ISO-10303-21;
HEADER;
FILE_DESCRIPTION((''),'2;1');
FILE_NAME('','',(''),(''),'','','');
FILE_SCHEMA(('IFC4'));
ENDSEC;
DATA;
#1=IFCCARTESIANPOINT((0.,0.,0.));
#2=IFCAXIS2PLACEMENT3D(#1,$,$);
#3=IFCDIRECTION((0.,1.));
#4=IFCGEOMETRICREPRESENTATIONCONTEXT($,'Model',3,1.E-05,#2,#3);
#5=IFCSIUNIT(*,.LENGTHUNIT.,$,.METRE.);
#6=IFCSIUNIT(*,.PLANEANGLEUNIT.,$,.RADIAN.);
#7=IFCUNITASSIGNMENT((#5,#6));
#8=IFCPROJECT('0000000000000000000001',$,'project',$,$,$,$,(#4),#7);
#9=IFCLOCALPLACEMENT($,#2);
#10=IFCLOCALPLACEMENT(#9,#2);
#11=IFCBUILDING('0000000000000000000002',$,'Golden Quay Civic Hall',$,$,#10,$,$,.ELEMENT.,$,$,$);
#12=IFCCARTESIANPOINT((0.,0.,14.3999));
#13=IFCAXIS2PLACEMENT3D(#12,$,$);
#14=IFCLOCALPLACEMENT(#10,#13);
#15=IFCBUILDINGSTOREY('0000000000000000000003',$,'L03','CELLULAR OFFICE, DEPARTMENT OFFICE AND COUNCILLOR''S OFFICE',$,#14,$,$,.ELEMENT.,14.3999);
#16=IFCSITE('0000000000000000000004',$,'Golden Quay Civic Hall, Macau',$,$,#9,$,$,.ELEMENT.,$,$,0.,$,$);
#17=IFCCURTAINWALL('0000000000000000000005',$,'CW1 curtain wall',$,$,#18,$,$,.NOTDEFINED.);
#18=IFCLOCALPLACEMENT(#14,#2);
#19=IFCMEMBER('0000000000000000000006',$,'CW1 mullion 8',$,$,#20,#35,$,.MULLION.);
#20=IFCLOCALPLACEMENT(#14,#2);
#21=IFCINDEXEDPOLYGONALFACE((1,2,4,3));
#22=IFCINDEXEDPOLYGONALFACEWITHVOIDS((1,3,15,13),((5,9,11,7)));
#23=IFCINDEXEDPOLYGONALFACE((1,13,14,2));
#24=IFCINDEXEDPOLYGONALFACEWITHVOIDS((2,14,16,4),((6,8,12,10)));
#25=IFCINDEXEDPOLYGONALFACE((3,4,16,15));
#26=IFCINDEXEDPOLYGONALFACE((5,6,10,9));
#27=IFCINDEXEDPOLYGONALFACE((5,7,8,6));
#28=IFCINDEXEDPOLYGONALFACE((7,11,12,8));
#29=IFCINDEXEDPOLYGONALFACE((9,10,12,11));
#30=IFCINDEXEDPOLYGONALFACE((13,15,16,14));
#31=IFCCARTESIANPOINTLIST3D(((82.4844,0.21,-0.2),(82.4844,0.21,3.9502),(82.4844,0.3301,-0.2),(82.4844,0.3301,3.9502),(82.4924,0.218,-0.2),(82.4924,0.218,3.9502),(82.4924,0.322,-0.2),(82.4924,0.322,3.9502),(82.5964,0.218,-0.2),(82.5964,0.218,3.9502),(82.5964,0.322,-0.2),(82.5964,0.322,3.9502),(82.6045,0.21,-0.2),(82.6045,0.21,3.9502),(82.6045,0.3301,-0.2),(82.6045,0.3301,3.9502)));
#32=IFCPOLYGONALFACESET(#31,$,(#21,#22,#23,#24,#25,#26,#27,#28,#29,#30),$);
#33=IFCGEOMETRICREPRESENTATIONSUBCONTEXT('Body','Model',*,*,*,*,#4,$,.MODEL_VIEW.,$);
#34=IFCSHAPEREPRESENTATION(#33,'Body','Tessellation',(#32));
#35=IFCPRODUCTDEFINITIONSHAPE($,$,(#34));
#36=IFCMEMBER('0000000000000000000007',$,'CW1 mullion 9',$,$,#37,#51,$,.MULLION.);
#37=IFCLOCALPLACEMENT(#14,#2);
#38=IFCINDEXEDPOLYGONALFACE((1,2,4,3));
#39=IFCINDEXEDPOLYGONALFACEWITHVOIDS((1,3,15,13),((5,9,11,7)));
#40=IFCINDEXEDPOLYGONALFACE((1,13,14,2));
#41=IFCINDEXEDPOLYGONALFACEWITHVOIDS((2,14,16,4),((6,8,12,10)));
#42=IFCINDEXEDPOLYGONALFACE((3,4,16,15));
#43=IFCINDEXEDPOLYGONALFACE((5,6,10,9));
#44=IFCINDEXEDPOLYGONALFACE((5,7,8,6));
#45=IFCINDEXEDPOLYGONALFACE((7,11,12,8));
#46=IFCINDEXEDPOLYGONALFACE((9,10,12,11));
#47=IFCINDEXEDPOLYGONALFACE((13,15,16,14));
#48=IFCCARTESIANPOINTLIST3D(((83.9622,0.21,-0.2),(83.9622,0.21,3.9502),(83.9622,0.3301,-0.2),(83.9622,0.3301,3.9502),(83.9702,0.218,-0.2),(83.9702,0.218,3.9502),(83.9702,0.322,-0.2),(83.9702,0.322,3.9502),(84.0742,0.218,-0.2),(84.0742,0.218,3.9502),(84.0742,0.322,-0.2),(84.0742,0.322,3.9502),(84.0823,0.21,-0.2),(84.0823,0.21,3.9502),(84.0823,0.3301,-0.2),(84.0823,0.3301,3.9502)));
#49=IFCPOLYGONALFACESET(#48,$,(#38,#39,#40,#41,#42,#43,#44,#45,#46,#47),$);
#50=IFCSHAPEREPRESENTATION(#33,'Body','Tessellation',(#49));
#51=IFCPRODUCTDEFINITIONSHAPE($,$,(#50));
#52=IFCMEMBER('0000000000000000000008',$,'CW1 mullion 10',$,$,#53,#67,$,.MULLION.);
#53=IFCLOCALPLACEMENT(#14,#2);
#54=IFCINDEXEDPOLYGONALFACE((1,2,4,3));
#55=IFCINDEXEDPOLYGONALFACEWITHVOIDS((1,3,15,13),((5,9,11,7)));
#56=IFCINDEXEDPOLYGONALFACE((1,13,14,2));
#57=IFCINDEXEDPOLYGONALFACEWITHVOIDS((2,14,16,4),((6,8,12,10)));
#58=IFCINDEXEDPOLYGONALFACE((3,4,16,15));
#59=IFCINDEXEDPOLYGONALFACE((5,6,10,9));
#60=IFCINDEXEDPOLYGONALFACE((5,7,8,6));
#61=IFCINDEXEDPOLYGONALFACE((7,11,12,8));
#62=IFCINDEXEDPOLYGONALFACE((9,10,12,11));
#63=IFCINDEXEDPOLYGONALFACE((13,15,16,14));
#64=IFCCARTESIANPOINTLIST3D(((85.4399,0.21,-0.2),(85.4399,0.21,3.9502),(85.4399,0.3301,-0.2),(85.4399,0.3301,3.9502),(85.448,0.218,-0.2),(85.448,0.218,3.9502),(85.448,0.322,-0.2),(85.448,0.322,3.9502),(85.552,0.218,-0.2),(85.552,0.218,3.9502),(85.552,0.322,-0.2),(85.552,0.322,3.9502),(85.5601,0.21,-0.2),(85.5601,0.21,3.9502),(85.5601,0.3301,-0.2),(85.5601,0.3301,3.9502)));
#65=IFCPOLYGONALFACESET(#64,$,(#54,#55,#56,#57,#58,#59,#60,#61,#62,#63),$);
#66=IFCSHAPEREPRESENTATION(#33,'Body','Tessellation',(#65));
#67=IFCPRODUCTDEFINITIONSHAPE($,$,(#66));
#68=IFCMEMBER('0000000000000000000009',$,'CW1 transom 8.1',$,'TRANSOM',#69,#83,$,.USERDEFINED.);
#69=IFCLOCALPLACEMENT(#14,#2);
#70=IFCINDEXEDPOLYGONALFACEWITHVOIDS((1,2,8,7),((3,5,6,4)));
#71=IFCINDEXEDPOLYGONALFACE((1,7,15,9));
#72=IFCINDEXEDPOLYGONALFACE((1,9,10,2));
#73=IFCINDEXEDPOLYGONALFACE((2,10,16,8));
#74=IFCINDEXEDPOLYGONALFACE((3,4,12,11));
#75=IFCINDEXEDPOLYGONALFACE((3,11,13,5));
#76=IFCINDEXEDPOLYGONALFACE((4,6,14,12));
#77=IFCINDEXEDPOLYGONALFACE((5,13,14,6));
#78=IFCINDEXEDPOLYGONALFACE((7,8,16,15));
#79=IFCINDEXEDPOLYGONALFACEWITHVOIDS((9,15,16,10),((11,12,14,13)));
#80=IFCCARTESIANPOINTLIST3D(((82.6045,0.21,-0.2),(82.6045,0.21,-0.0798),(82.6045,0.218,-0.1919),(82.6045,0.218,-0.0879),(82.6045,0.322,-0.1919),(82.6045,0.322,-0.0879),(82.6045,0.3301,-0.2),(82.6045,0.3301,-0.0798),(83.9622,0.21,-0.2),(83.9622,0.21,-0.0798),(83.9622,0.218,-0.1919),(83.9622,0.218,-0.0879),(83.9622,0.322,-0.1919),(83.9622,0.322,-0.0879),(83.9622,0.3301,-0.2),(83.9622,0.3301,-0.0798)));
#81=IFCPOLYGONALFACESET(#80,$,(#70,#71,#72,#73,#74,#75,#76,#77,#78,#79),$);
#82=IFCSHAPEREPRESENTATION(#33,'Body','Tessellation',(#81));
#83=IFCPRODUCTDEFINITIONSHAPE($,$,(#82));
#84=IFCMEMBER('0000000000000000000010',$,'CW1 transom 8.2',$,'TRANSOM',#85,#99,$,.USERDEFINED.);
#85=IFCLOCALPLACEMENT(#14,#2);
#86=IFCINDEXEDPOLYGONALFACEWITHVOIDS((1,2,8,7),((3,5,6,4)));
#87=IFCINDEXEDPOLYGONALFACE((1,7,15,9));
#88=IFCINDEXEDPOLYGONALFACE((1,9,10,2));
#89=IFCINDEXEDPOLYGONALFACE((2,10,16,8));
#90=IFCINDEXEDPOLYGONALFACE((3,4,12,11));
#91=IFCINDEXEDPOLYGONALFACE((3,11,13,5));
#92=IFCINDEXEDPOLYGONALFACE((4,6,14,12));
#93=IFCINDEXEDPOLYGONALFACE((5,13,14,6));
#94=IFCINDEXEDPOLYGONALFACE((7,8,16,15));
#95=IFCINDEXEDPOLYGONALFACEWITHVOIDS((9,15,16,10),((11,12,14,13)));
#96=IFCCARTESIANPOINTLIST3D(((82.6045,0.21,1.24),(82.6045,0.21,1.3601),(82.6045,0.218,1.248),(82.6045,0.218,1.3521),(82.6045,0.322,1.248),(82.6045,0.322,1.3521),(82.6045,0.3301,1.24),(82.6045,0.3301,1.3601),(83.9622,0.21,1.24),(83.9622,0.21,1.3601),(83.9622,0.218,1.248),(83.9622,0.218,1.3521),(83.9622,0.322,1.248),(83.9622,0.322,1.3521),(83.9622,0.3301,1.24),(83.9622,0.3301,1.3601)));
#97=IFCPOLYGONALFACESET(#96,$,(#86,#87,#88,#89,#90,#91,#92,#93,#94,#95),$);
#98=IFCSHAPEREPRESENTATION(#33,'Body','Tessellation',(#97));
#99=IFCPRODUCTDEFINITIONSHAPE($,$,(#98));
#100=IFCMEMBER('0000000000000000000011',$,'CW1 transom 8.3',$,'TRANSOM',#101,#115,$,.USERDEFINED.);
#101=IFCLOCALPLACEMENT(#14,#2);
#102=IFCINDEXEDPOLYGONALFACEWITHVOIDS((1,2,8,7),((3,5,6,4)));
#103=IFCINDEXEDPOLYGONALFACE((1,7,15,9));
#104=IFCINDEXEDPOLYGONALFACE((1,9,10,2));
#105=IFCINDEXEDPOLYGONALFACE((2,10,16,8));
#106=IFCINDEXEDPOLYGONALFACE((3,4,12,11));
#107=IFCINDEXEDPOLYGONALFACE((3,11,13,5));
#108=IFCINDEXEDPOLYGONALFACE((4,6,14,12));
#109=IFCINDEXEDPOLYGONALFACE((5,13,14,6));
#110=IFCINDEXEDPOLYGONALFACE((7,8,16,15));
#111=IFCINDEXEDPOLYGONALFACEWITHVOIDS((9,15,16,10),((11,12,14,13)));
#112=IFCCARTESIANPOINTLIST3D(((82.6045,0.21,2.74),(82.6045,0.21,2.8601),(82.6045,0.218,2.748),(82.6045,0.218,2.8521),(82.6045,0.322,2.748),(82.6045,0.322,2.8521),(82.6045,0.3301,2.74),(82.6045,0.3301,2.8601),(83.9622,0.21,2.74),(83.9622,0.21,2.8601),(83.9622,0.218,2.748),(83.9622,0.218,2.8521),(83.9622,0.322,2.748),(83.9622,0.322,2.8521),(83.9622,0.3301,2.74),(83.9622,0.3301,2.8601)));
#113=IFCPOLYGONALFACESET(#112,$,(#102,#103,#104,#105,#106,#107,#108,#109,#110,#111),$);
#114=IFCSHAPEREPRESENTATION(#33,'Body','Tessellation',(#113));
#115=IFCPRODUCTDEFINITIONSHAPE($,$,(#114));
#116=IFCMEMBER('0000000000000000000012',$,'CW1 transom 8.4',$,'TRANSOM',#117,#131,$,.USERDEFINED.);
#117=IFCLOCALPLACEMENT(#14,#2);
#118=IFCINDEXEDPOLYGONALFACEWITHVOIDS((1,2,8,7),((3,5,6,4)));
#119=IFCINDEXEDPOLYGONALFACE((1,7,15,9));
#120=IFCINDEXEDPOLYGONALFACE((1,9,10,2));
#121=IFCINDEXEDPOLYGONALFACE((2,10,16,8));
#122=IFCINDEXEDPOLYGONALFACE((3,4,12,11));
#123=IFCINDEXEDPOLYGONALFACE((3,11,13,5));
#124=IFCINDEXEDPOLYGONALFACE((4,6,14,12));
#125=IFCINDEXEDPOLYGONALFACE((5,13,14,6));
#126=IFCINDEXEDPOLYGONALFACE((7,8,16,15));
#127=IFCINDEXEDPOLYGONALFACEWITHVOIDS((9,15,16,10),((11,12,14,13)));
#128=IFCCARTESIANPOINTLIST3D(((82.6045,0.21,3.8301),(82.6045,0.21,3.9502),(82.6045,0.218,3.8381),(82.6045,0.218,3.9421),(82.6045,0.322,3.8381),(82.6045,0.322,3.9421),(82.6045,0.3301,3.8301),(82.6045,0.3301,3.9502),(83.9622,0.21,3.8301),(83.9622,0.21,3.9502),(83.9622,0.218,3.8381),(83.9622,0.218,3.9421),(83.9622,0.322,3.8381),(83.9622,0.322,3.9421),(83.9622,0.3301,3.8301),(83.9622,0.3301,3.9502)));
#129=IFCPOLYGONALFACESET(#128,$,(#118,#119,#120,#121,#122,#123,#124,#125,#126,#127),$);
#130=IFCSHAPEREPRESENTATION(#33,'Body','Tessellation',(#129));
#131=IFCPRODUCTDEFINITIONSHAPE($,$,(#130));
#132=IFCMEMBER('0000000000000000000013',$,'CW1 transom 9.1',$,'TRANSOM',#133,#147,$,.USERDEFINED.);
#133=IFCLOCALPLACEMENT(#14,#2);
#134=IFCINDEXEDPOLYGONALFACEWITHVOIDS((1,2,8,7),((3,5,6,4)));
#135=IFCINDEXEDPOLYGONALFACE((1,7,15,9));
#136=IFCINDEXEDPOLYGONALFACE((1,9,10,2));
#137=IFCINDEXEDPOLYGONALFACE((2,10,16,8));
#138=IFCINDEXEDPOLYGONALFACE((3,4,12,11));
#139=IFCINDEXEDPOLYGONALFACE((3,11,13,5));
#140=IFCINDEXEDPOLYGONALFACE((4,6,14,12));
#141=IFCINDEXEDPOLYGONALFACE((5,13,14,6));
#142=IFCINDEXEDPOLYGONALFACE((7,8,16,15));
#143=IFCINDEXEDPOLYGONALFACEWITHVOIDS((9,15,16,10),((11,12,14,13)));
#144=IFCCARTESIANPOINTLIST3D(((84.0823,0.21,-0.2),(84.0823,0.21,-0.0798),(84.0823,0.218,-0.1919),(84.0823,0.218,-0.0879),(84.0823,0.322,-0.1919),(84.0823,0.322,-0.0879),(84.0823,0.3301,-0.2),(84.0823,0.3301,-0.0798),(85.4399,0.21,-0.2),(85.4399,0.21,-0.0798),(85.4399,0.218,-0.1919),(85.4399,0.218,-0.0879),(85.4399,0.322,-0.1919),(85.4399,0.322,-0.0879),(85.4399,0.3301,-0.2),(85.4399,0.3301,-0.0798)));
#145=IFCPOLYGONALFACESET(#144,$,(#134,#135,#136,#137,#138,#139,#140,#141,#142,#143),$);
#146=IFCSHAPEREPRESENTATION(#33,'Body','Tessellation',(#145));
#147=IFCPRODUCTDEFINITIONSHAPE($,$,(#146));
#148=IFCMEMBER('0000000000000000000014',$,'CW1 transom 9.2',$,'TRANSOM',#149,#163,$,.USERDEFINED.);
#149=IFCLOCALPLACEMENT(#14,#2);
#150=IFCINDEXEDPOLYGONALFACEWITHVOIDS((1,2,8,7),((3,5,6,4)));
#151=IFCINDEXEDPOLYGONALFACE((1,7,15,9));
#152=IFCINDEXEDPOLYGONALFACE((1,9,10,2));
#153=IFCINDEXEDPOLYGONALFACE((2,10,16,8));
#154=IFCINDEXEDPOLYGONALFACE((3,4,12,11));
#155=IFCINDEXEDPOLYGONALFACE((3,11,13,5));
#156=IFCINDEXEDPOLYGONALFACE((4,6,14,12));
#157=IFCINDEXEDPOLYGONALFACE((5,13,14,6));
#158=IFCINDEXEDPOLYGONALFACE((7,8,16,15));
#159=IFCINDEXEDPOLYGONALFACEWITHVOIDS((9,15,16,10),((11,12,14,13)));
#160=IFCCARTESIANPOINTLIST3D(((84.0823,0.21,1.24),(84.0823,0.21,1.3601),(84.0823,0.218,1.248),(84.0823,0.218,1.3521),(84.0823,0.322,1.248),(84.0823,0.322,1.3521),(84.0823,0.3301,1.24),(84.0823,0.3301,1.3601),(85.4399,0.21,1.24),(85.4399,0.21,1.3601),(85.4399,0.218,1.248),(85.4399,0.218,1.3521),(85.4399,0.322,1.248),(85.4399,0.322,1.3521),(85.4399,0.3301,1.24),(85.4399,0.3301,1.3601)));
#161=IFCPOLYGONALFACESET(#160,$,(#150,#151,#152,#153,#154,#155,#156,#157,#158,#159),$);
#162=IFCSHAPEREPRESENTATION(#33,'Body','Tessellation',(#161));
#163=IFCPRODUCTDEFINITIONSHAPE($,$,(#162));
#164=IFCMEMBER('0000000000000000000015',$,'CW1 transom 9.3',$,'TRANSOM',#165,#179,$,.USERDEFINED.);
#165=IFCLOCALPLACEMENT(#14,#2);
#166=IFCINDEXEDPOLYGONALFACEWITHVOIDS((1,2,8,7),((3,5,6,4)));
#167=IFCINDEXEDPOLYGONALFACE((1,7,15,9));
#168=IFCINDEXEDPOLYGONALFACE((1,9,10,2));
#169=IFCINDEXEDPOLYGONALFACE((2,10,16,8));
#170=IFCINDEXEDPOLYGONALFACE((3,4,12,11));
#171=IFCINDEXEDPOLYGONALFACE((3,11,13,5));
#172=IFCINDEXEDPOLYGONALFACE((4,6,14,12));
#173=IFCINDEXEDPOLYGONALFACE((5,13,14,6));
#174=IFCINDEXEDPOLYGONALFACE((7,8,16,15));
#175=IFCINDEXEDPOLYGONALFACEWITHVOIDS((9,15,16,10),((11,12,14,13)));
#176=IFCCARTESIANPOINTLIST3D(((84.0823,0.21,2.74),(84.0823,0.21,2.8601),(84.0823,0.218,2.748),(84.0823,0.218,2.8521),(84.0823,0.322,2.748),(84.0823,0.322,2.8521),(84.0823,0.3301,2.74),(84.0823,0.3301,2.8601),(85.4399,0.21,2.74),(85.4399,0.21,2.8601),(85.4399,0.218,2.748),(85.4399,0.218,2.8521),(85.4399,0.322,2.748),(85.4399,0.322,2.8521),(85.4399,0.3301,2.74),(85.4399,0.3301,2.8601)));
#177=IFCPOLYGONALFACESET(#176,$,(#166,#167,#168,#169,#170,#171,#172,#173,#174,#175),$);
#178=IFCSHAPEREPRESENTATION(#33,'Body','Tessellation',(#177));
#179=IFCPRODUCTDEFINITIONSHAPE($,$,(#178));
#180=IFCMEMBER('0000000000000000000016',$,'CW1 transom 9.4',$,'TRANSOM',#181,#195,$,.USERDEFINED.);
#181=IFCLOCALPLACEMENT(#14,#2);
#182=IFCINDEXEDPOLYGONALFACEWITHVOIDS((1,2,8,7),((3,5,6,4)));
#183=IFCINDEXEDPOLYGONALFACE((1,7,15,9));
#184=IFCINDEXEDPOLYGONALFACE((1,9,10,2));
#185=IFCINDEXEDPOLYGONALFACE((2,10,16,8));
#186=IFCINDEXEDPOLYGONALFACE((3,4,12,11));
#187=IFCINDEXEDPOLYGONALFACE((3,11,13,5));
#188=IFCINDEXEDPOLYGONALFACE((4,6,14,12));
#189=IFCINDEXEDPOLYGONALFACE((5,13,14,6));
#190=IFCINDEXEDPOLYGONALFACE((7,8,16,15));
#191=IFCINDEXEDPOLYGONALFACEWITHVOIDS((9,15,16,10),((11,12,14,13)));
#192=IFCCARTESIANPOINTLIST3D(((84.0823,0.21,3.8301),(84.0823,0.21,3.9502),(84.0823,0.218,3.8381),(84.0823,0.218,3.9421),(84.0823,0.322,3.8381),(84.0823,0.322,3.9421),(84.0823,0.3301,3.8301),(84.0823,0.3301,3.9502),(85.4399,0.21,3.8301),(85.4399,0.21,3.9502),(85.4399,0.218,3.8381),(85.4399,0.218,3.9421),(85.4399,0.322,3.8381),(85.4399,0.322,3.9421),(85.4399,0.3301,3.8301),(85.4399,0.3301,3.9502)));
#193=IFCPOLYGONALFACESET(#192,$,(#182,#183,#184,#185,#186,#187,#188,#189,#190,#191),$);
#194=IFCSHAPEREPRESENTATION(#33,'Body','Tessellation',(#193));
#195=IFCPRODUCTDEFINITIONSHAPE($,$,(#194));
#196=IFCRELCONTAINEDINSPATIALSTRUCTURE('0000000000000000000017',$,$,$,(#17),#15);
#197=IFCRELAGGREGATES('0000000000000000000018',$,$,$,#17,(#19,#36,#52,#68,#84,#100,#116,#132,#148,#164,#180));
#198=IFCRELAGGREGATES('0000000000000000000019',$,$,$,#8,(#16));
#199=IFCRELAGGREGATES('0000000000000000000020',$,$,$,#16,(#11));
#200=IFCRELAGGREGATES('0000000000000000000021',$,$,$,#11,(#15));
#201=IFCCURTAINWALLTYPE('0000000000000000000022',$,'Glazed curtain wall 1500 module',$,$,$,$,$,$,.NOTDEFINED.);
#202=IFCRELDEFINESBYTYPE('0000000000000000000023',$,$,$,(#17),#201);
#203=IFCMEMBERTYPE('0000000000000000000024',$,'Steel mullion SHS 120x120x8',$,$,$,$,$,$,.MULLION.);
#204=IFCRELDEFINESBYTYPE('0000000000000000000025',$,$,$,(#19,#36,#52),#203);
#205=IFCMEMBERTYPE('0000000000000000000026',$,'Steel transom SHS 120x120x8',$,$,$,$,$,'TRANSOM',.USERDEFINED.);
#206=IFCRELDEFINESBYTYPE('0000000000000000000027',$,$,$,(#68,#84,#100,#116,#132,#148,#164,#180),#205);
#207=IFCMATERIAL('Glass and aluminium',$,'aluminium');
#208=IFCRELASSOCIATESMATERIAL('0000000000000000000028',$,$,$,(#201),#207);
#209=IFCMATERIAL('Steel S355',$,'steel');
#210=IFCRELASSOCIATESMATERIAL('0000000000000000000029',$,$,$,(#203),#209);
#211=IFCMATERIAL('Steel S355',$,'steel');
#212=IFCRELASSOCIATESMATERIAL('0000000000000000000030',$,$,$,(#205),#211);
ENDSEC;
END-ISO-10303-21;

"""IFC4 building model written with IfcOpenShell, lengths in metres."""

from ifc_helpers import new_model, si_unit, direction, frame, origin, origin_2d, place, context, subcontext, project, spatial, hollow_rectangle, extrude, material, material_profile, profile_set, type_object, element, aggregate, save


model = new_model("IFC4")

# Units and contexts
model_context = context("Model", 3, precision=1e-05, world=origin(), true_north=direction((0.0, 1.0)))
body_context = subcontext(model_context, "Body", "Model", "MODEL_VIEW")
ifc_project = project(units=[si_unit("LENGTHUNIT", "METRE"), si_unit("PLANEANGLEUNIT", "RADIAN")], contexts=[model_context])

# Site, building, storey
site_placement = place(None, origin())
site = spatial("IfcSite", under=ifc_project, at=site_placement, Name="Golden Quay Civic Hall, Macau", CompositionType="ELEMENT", RefElevation=0.0)
building_placement = place(site_placement, origin())
building = spatial("IfcBuilding", under=site, at=building_placement, Name="Golden Quay Civic Hall", CompositionType="ELEMENT")
storey_placement = place(building_placement, frame((0.0, 0.0, 14.3999)))
storey = spatial("IfcBuildingStorey", under=building, at=storey_placement, Name="L03", Description="CELLULAR OFFICE, DEPARTMENT OFFICE AND COUNCILLOR'S OFFICE", CompositionType="ELEMENT", Elevation=14.3999)

# Curtain wall, members
ifc_material_1 = material(Name="Glass and aluminium", Category="aluminium")
curtain_wall_type = type_object("IfcCurtainWallType", Name="Glazed curtain wall 1500 module", PredefinedType="NOTDEFINED", material=ifc_material_1)
curtain_wall_placement = place(storey_placement, origin())
curtain_wall = element("IfcCurtainWall", 1, at=curtain_wall_placement, inside=storey, type_object=curtain_wall_type, Name="CW1 curtain wall", PredefinedType="NOTDEFINED")
ifc_material_2 = material(Name="Steel S355", Category="steel")
ifc_material_profile_1 = material_profile(ifc_material_2, hollow_rectangle(XDim=0.1201, YDim=0.1201, WallThickness=0.0081, at=origin_2d()), Name="SHS 120x120x8")
ifc_profile_set_1 = profile_set([ifc_material_profile_1], Name="Steel S355")
member_type_1 = type_object("IfcMemberType", Name="Steel mullion SHS 120x120x8", PredefinedType="MULLION", material=ifc_profile_set_1)
member_1_placement = place(storey_placement, frame((82.5444, 0.27, -0.2), z_axis=(0.0, 0.0, 1.0), x_axis=(0.0, 1.0, 0.0)))
member_1 = element("IfcMember", 2, at=member_1_placement, type_object=member_type_1, Name="CW1 mullion 8", PredefinedType="MULLION", context=body_context, shape_type="SweptSolid", body=[
    extrude(hollow_rectangle(XDim=0.1201, YDim=0.1201, WallThickness=0.0081, at=origin_2d()), origin(), (0.0, 0.0, 1.0), 4.1501),
])
member_2_placement = place(storey_placement, frame((84.0222, 0.27, -0.2), z_axis=(0.0, 0.0, 1.0), x_axis=(0.0, 1.0, 0.0)))
member_2 = element("IfcMember", 3, at=member_2_placement, type_object=member_type_1, Name="CW1 mullion 9", PredefinedType="MULLION", context=body_context, shape_type="SweptSolid", body=[
    extrude(hollow_rectangle(XDim=0.1201, YDim=0.1201, WallThickness=0.0081, at=origin_2d()), origin(), (0.0, 0.0, 1.0), 4.1501),
])
member_3_placement = place(storey_placement, frame((85.5, 0.27, -0.2), z_axis=(0.0, 0.0, 1.0), x_axis=(0.0, 1.0, 0.0)))
member_3 = element("IfcMember", 4, at=member_3_placement, type_object=member_type_1, Name="CW1 mullion 10", PredefinedType="MULLION", context=body_context, shape_type="SweptSolid", body=[
    extrude(hollow_rectangle(XDim=0.1201, YDim=0.1201, WallThickness=0.0081, at=origin_2d()), origin(), (0.0, 0.0, 1.0), 4.1501),
])
ifc_material_3 = material(Name="Steel S355", Category="steel")
ifc_material_profile_2 = material_profile(ifc_material_3, hollow_rectangle(XDim=0.1201, YDim=0.1201, WallThickness=0.0081, at=origin_2d()), Name="SHS 120x120x8")
ifc_profile_set_2 = profile_set([ifc_material_profile_2], Name="Steel S355")
member_type_2 = type_object("IfcMemberType", Name="Steel transom SHS 120x120x8", ElementType="TRANSOM", PredefinedType="USERDEFINED", material=ifc_profile_set_2)
member_4_placement = place(storey_placement, frame((82.6045, 0.27, -0.1399), z_axis=(1.0, 0.0, 0.0), x_axis=(0.0, 1.0, 0.0)))
member_4 = element("IfcMember", 5, at=member_4_placement, type_object=member_type_2, Name="CW1 transom 8.1", ObjectType="TRANSOM", PredefinedType="USERDEFINED", context=body_context, shape_type="SweptSolid", body=[
    extrude(hollow_rectangle(XDim=0.1201, YDim=0.1201, WallThickness=0.0081, at=origin_2d()), origin(), (0.0, 0.0, 1.0), 1.3577),
])
member_5_placement = place(storey_placement, frame((82.6045, 0.27, 1.3), z_axis=(1.0, 0.0, 0.0), x_axis=(0.0, 1.0, 0.0)))
member_5 = element("IfcMember", 6, at=member_5_placement, type_object=member_type_2, Name="CW1 transom 8.2", ObjectType="TRANSOM", PredefinedType="USERDEFINED", context=body_context, shape_type="SweptSolid", body=[
    extrude(hollow_rectangle(XDim=0.1201, YDim=0.1201, WallThickness=0.0081, at=origin_2d()), origin(), (0.0, 0.0, 1.0), 1.3577),
])
member_6_placement = place(storey_placement, frame((82.6045, 0.27, 2.8), z_axis=(1.0, 0.0, 0.0), x_axis=(0.0, 1.0, 0.0)))
member_6 = element("IfcMember", 7, at=member_6_placement, type_object=member_type_2, Name="CW1 transom 8.3", ObjectType="TRANSOM", PredefinedType="USERDEFINED", context=body_context, shape_type="SweptSolid", body=[
    extrude(hollow_rectangle(XDim=0.1201, YDim=0.1201, WallThickness=0.0081, at=origin_2d()), origin(), (0.0, 0.0, 1.0), 1.3577),
])
member_7_placement = place(storey_placement, frame((82.6045, 0.27, 3.8901), z_axis=(1.0, 0.0, 0.0), x_axis=(0.0, 1.0, 0.0)))
member_7 = element("IfcMember", 8, at=member_7_placement, type_object=member_type_2, Name="CW1 transom 8.4", ObjectType="TRANSOM", PredefinedType="USERDEFINED", context=body_context, shape_type="SweptSolid", body=[
    extrude(hollow_rectangle(XDim=0.1201, YDim=0.1201, WallThickness=0.0081, at=origin_2d()), origin(), (0.0, 0.0, 1.0), 1.3577),
])
member_8_placement = place(storey_placement, frame((84.0823, 0.27, -0.1399), z_axis=(1.0, 0.0, 0.0), x_axis=(0.0, 1.0, 0.0)))
member_8 = element("IfcMember", 9, at=member_8_placement, type_object=member_type_2, Name="CW1 transom 9.1", ObjectType="TRANSOM", PredefinedType="USERDEFINED", context=body_context, shape_type="SweptSolid", body=[
    extrude(hollow_rectangle(XDim=0.1201, YDim=0.1201, WallThickness=0.0081, at=origin_2d()), origin(), (0.0, 0.0, 1.0), 1.3577),
])
member_9_placement = place(storey_placement, frame((84.0823, 0.27, 1.3), z_axis=(1.0, 0.0, 0.0), x_axis=(0.0, 1.0, 0.0)))
member_9 = element("IfcMember", 10, at=member_9_placement, type_object=member_type_2, Name="CW1 transom 9.2", ObjectType="TRANSOM", PredefinedType="USERDEFINED", context=body_context, shape_type="SweptSolid", body=[
    extrude(hollow_rectangle(XDim=0.1201, YDim=0.1201, WallThickness=0.0081, at=origin_2d()), origin(), (0.0, 0.0, 1.0), 1.3577),
])
member_10_placement = place(storey_placement, frame((84.0823, 0.27, 2.8), z_axis=(1.0, 0.0, 0.0), x_axis=(0.0, 1.0, 0.0)))
member_10 = element("IfcMember", 11, at=member_10_placement, type_object=member_type_2, Name="CW1 transom 9.3", ObjectType="TRANSOM", PredefinedType="USERDEFINED", context=body_context, shape_type="SweptSolid", body=[
    extrude(hollow_rectangle(XDim=0.1201, YDim=0.1201, WallThickness=0.0081, at=origin_2d()), origin(), (0.0, 0.0, 1.0), 1.3577),
])
member_11_placement = place(storey_placement, frame((84.0823, 0.27, 3.8901), z_axis=(1.0, 0.0, 0.0), x_axis=(0.0, 1.0, 0.0)))
member_11 = element("IfcMember", 12, at=member_11_placement, type_object=member_type_2, Name="CW1 transom 9.4", ObjectType="TRANSOM", PredefinedType="USERDEFINED", context=body_context, shape_type="SweptSolid", body=[
    extrude(hollow_rectangle(XDim=0.1201, YDim=0.1201, WallThickness=0.0081, at=origin_2d()), origin(), (0.0, 0.0, 1.0), 1.3577),
])
aggregate(curtain_wall, [member_1, member_2, member_3, member_4, member_5, member_6, member_7, member_8, member_9, member_10, member_11])

save(model, "model.ifc")
